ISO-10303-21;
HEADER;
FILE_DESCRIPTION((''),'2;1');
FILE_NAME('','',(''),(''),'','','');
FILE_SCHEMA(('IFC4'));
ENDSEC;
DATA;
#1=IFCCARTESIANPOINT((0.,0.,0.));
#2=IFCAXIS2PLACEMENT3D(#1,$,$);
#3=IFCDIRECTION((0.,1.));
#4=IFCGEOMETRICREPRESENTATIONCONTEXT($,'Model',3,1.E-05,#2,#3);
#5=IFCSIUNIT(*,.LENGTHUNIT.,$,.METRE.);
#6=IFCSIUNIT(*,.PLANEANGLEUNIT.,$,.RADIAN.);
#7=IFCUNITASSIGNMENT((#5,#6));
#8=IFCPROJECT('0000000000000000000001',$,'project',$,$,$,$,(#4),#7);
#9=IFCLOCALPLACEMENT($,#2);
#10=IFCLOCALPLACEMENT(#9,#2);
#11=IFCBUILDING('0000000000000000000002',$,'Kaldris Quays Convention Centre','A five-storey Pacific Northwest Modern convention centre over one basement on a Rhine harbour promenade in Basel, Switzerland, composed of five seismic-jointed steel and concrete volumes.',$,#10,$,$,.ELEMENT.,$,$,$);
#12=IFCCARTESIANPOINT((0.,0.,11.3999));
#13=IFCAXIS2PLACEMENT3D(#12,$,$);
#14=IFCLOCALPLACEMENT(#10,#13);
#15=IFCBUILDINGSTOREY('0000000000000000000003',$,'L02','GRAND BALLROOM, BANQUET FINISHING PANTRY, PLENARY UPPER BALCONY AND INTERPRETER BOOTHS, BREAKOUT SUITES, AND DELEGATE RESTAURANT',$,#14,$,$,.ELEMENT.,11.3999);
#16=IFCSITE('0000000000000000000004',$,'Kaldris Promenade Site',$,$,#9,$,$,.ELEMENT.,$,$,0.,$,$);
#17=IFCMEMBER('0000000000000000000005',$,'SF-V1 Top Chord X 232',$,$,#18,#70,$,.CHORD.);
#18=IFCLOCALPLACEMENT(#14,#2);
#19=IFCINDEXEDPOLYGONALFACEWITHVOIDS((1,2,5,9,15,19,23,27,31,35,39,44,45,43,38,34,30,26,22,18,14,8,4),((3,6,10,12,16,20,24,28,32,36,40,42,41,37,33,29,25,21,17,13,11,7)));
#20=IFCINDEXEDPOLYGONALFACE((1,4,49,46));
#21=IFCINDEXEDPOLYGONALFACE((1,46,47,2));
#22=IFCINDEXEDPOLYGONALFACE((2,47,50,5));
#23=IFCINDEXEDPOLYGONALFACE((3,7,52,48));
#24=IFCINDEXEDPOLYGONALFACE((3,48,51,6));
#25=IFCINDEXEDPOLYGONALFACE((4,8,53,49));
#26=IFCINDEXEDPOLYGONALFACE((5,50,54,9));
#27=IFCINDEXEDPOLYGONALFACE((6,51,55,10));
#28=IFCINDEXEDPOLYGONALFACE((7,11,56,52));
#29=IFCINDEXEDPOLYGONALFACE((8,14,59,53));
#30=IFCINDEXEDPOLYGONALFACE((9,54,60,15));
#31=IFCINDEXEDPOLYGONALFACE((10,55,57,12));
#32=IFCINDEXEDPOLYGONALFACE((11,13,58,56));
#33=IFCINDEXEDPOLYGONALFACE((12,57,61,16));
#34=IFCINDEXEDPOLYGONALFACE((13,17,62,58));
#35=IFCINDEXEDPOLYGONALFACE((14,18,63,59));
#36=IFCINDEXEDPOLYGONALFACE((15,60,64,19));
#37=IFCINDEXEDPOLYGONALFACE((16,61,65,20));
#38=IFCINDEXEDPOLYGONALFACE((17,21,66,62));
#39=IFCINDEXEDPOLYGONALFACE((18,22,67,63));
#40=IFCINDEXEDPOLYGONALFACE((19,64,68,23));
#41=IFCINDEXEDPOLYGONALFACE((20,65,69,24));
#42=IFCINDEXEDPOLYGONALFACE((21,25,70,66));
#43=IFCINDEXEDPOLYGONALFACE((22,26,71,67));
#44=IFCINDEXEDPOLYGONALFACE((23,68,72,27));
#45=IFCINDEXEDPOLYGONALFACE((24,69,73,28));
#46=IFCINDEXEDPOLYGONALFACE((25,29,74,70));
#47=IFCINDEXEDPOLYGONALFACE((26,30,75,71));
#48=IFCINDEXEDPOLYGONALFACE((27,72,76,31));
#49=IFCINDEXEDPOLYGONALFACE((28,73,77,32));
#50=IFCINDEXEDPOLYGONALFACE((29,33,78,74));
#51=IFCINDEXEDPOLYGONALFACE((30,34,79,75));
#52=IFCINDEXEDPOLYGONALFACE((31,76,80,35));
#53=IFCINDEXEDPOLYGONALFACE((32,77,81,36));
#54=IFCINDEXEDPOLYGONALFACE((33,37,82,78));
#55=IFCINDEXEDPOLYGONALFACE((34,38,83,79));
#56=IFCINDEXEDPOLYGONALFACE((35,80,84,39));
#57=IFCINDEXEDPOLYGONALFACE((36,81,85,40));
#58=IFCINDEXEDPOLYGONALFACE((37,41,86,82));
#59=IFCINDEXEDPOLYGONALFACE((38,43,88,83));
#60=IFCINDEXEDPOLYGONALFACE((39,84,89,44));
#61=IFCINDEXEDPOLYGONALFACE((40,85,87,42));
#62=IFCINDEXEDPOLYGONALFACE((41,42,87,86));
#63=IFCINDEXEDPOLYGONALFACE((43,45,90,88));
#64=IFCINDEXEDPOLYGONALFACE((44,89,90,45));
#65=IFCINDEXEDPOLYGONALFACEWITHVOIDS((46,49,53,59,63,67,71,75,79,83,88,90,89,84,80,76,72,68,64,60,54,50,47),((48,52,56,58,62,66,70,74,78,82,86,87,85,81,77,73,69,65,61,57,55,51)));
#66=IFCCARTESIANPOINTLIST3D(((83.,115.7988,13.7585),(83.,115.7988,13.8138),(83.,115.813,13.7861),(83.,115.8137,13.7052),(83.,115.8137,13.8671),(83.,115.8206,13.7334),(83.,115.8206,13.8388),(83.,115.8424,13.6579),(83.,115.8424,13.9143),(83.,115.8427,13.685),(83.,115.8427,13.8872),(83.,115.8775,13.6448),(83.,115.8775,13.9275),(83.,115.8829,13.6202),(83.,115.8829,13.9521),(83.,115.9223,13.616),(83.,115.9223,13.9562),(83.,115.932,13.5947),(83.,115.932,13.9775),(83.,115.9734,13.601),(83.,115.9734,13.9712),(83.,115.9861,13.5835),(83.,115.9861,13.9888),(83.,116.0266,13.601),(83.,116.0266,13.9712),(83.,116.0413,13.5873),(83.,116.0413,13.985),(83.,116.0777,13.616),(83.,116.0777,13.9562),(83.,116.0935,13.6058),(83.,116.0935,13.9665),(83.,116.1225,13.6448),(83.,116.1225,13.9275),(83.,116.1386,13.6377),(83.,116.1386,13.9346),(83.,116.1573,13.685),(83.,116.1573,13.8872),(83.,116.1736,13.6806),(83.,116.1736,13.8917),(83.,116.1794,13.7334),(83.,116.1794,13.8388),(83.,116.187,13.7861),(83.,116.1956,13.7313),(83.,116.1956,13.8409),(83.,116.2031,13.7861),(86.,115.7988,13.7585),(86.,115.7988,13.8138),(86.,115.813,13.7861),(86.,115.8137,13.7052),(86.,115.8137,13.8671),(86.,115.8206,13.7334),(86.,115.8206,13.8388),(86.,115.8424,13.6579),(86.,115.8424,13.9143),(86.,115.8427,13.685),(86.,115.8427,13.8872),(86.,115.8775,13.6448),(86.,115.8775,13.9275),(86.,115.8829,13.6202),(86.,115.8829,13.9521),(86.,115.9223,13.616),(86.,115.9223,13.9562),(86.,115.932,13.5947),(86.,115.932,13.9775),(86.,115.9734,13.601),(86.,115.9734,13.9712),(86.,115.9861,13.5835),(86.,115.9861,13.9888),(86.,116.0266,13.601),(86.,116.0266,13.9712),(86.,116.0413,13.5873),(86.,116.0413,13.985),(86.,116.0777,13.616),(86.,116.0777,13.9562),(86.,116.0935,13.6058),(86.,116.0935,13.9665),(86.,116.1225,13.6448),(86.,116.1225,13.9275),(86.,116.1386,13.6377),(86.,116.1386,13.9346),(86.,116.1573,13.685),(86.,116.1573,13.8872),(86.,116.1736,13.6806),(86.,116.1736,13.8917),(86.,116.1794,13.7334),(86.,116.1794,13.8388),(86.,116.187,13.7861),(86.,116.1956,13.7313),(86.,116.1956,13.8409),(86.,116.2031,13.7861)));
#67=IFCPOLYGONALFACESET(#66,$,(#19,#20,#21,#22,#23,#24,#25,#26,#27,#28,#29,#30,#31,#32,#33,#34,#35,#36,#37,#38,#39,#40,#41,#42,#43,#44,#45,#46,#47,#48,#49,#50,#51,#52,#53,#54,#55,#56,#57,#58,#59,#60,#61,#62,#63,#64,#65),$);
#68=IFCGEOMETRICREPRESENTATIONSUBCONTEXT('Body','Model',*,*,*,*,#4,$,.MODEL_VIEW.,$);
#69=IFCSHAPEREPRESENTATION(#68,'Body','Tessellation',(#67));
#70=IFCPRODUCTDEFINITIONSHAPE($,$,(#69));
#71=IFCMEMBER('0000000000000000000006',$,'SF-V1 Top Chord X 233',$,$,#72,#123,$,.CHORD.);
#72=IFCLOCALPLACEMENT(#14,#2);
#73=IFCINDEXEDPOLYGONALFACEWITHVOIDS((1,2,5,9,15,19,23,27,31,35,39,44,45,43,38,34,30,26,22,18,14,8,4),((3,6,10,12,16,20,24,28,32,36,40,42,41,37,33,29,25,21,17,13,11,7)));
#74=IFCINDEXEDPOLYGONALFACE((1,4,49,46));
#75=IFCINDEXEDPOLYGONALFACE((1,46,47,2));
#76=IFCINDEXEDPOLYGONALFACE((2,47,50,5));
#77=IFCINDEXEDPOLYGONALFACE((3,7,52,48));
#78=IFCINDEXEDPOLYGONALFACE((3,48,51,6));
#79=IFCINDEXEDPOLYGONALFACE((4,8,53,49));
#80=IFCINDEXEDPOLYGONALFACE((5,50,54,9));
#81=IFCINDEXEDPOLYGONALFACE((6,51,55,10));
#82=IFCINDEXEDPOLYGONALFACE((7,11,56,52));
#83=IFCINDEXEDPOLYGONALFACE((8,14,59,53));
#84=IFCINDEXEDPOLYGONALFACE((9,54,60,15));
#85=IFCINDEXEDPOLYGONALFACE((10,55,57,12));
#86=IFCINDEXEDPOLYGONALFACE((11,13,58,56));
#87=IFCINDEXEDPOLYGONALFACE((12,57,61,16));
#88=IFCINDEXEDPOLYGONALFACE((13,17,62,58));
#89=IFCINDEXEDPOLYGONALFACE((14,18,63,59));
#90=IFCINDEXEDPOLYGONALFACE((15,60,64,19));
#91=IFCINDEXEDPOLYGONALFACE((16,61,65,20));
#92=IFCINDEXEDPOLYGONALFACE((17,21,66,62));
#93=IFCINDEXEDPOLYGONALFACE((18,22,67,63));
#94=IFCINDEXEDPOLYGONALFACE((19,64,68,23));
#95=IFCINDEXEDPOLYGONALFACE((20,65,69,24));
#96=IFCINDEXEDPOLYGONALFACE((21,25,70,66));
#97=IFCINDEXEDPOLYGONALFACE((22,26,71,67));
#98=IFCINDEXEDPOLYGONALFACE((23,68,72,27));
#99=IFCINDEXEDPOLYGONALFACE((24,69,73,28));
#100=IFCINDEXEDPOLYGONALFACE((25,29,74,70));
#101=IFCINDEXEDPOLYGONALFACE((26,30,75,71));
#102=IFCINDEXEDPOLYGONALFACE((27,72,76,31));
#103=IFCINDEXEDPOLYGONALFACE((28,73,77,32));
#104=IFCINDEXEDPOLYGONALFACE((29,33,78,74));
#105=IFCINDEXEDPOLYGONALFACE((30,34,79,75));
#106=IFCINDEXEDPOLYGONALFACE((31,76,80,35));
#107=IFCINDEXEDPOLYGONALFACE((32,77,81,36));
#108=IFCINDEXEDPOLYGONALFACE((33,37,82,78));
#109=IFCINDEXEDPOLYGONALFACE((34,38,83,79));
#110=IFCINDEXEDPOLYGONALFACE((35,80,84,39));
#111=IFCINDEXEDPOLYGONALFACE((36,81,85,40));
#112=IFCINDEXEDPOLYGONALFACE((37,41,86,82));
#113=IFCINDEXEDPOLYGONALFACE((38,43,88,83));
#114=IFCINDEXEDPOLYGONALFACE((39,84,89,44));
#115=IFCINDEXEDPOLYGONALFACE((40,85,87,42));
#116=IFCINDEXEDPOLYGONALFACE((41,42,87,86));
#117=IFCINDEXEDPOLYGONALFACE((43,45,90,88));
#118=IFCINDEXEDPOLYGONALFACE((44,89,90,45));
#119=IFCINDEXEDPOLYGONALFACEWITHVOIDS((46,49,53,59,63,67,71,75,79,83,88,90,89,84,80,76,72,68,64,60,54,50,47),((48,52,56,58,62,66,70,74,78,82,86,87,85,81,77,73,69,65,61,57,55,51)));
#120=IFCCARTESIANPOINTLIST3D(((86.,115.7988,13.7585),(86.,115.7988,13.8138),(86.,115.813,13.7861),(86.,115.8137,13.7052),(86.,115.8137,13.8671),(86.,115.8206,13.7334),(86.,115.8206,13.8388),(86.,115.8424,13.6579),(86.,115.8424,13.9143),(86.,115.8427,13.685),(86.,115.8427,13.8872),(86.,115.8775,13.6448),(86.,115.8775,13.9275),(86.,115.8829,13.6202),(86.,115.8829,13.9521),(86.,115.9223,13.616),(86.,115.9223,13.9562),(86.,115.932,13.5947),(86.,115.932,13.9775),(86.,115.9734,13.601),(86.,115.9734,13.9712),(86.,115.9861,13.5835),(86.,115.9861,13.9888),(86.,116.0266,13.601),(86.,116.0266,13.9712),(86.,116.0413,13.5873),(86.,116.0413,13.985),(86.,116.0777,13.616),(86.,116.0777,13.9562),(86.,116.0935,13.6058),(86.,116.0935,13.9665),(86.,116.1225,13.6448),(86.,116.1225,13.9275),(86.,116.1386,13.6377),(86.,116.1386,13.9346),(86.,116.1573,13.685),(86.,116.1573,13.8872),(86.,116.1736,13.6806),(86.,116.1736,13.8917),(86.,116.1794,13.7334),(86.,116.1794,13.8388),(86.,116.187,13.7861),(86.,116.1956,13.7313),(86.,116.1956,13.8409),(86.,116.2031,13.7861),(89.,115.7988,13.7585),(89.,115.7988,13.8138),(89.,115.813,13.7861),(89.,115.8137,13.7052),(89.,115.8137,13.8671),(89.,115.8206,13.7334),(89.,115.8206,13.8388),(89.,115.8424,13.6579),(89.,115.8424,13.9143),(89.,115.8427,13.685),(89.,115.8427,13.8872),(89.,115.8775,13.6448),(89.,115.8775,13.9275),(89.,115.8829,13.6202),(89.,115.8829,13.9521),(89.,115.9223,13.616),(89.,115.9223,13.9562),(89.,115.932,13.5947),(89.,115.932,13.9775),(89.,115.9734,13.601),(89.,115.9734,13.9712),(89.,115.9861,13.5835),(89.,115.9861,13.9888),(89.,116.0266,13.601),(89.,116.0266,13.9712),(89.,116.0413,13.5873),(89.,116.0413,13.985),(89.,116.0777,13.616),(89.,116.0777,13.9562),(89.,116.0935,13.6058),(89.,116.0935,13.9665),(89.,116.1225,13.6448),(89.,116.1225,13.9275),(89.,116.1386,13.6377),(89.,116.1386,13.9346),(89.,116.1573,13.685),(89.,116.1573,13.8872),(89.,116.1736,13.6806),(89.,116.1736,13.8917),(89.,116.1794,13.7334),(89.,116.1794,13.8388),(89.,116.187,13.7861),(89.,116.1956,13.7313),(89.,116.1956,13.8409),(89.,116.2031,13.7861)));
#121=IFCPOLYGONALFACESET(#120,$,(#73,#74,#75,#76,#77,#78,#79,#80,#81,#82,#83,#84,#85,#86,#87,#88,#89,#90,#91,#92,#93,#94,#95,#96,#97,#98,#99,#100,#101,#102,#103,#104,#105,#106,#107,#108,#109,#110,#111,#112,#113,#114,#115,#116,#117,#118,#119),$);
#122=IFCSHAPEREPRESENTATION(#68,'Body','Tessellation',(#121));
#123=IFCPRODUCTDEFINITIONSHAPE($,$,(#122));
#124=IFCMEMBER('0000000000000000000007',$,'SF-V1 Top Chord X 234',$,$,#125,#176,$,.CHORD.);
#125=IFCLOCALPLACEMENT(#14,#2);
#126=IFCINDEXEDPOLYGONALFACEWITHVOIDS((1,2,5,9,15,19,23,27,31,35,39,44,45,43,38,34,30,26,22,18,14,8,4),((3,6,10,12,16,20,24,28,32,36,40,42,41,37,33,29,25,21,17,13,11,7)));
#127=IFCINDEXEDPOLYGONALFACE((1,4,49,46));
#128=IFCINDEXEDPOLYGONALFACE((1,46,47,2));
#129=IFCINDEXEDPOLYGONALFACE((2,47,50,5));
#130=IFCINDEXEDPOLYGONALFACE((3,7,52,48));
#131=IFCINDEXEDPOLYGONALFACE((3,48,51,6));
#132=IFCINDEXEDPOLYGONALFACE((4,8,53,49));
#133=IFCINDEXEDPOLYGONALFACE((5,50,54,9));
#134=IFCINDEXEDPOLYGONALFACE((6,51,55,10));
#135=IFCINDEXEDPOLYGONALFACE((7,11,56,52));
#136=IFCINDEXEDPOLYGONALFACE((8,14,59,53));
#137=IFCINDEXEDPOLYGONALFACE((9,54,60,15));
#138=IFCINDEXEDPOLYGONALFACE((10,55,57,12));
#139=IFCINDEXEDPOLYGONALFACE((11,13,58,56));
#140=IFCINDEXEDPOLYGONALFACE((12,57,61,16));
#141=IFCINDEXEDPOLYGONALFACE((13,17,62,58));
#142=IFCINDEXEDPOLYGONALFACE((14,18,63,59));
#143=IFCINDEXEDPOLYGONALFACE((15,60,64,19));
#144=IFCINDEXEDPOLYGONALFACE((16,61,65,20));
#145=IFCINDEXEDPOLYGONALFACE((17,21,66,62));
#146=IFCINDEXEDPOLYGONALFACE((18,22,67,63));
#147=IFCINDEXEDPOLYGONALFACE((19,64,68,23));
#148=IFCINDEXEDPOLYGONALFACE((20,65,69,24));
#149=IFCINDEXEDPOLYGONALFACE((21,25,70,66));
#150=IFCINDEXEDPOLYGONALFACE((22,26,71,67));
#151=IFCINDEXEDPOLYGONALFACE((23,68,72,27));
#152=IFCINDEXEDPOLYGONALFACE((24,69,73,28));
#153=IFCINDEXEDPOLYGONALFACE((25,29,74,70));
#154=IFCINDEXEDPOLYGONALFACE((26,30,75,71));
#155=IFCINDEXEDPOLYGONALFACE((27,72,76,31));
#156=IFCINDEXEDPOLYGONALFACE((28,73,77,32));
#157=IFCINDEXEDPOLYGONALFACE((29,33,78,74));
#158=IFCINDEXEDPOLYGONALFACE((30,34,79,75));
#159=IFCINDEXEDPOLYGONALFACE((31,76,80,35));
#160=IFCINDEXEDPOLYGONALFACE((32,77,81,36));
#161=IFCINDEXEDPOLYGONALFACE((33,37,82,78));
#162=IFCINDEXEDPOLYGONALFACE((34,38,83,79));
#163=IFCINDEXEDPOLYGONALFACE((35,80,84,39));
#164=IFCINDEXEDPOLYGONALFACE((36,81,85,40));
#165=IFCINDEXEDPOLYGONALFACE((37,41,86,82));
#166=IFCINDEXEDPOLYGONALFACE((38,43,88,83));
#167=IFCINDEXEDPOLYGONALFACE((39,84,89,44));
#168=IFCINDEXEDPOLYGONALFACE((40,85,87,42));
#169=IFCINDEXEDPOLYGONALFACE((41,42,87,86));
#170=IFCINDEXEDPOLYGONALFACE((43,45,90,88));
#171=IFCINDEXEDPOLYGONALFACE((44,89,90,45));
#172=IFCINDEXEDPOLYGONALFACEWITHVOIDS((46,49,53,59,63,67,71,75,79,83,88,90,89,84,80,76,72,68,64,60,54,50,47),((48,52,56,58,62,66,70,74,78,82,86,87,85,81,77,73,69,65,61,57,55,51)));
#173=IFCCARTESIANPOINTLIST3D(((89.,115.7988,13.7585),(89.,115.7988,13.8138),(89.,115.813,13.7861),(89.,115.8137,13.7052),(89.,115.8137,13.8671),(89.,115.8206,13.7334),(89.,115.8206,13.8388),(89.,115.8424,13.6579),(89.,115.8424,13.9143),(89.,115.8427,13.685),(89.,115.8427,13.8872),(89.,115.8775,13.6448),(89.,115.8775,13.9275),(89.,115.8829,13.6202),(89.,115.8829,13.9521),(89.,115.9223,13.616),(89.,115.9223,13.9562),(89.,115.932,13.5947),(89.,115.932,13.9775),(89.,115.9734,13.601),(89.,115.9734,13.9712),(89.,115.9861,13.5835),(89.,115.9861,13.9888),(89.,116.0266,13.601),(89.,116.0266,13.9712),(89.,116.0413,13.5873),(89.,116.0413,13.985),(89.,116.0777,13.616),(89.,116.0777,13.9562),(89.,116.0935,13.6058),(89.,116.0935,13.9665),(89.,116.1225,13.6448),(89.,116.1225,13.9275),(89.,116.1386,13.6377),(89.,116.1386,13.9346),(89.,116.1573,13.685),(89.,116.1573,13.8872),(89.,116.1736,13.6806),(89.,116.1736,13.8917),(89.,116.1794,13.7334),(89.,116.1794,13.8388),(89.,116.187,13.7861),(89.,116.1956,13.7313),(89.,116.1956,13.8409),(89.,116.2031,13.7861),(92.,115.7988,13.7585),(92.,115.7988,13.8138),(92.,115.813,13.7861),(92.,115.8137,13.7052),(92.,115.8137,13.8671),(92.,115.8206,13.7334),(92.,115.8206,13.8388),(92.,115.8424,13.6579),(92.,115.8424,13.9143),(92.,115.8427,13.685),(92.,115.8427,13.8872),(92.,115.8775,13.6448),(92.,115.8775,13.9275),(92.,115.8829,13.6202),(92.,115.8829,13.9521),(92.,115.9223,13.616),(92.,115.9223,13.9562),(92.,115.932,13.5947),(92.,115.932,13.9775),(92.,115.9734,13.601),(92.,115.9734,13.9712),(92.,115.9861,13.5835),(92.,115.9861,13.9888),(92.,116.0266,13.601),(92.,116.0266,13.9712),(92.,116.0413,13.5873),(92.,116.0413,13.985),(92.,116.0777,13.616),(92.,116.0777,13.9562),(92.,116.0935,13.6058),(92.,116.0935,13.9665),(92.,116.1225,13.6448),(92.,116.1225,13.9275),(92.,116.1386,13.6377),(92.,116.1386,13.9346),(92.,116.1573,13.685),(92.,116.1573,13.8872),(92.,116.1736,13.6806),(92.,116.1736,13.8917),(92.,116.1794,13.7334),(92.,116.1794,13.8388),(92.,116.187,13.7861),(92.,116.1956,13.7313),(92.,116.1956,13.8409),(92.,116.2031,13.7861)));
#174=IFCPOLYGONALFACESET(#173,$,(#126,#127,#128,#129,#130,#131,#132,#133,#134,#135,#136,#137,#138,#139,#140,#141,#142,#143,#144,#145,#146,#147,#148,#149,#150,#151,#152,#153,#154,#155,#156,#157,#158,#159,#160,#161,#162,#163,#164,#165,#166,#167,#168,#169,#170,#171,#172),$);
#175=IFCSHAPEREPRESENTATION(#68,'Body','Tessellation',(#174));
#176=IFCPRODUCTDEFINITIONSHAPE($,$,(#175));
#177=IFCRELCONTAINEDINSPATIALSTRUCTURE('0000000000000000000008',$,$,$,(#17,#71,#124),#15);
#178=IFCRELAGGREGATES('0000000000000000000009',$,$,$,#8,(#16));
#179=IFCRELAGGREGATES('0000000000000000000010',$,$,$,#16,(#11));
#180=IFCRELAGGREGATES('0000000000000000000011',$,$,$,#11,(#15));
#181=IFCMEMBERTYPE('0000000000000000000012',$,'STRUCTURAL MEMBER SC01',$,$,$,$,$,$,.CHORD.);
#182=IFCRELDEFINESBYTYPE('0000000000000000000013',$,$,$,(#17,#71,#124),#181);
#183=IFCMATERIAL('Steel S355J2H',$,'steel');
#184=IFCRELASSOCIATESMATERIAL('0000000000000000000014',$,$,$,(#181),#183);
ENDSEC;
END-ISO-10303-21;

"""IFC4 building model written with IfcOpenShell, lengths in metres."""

from ifc_helpers import new_model, si_unit, direction, frame, origin, origin_2d, place, context, subcontext, project, spatial, hollow_circle, extrude, material, material_profile, profile_set, type_object, element, save


model = new_model("IFC4")

# Units and contexts
model_context = context("Model", 3, precision=1e-05, world=origin(), true_north=direction((0.0, 1.0)))
body_context = subcontext(model_context, "Body", "Model", "MODEL_VIEW")
ifc_project = project(units=[si_unit("LENGTHUNIT", "METRE"), si_unit("PLANEANGLEUNIT", "RADIAN")], contexts=[model_context])

# Site, building, storey
site_placement = place(None, origin())
site = spatial("IfcSite", under=ifc_project, at=site_placement, Name="Kaldris Promenade Site", CompositionType="ELEMENT", RefElevation=0.0)
building_placement = place(site_placement, origin())
building = spatial("IfcBuilding", under=site, at=building_placement, Name="Kaldris Quays Convention Centre", Description="A five-storey Pacific Northwest Modern convention centre over one basement on a Rhine harbour promenade in Basel, Switzerland, composed of five seismic-jointed steel and concrete volumes.", CompositionType="ELEMENT")
storey_placement = place(building_placement, frame((0.0, 0.0, 11.3999)))
storey = spatial("IfcBuildingStorey", under=building, at=storey_placement, Name="L02", Description="GRAND BALLROOM, BANQUET FINISHING PANTRY, PLENARY UPPER BALCONY AND INTERPRETER BOOTHS, BREAKOUT SUITES, AND DELEGATE RESTAURANT", CompositionType="ELEMENT", Elevation=11.3999)

# Members
ifc_material_1 = material(Name="Steel S355J2H", Category="steel")
ifc_material_profile_1 = material_profile(ifc_material_1, hollow_circle(Radius=0.2031, WallThickness=0.0161, at=origin_2d()), Name="CHS 406.4x16")
ifc_profile_set_1 = profile_set([ifc_material_profile_1], Name="Steel S355J2H")
member_type_1 = type_object("IfcMemberType", Name="STRUCTURAL MEMBER SC01", PredefinedType="CHORD", material=ifc_profile_set_1)
for number, where, z_axis, x_axis, name in (
    (1, (83.0, 116.0, 13.7861), (1.0, 0.0, 0.0), (0.0, 1.0, 0.0), "SF-V1 Top Chord X 232"),
    (2, (86.0, 116.0, 13.7861), (1.0, 0.0, 0.0), (0.0, 1.0, 0.0), "SF-V1 Top Chord X 233"),
    (3, (89.0, 116.0, 13.7861), (1.0, 0.0, 0.0), (0.0, 1.0, 0.0), "SF-V1 Top Chord X 234"),
):
    element("IfcMember", number, at=place(storey_placement, frame(where, z_axis=z_axis, x_axis=x_axis)), inside=storey, type_object=member_type_1, Name=name, PredefinedType="CHORD", context=body_context, shape_type="SweptSolid", body=[
        extrude(hollow_circle(Radius=0.2031, WallThickness=0.0161, at=origin_2d()), origin(), (0.0, 0.0, 1.0), 3.0),
    ])

save(model, "model.ifc")
